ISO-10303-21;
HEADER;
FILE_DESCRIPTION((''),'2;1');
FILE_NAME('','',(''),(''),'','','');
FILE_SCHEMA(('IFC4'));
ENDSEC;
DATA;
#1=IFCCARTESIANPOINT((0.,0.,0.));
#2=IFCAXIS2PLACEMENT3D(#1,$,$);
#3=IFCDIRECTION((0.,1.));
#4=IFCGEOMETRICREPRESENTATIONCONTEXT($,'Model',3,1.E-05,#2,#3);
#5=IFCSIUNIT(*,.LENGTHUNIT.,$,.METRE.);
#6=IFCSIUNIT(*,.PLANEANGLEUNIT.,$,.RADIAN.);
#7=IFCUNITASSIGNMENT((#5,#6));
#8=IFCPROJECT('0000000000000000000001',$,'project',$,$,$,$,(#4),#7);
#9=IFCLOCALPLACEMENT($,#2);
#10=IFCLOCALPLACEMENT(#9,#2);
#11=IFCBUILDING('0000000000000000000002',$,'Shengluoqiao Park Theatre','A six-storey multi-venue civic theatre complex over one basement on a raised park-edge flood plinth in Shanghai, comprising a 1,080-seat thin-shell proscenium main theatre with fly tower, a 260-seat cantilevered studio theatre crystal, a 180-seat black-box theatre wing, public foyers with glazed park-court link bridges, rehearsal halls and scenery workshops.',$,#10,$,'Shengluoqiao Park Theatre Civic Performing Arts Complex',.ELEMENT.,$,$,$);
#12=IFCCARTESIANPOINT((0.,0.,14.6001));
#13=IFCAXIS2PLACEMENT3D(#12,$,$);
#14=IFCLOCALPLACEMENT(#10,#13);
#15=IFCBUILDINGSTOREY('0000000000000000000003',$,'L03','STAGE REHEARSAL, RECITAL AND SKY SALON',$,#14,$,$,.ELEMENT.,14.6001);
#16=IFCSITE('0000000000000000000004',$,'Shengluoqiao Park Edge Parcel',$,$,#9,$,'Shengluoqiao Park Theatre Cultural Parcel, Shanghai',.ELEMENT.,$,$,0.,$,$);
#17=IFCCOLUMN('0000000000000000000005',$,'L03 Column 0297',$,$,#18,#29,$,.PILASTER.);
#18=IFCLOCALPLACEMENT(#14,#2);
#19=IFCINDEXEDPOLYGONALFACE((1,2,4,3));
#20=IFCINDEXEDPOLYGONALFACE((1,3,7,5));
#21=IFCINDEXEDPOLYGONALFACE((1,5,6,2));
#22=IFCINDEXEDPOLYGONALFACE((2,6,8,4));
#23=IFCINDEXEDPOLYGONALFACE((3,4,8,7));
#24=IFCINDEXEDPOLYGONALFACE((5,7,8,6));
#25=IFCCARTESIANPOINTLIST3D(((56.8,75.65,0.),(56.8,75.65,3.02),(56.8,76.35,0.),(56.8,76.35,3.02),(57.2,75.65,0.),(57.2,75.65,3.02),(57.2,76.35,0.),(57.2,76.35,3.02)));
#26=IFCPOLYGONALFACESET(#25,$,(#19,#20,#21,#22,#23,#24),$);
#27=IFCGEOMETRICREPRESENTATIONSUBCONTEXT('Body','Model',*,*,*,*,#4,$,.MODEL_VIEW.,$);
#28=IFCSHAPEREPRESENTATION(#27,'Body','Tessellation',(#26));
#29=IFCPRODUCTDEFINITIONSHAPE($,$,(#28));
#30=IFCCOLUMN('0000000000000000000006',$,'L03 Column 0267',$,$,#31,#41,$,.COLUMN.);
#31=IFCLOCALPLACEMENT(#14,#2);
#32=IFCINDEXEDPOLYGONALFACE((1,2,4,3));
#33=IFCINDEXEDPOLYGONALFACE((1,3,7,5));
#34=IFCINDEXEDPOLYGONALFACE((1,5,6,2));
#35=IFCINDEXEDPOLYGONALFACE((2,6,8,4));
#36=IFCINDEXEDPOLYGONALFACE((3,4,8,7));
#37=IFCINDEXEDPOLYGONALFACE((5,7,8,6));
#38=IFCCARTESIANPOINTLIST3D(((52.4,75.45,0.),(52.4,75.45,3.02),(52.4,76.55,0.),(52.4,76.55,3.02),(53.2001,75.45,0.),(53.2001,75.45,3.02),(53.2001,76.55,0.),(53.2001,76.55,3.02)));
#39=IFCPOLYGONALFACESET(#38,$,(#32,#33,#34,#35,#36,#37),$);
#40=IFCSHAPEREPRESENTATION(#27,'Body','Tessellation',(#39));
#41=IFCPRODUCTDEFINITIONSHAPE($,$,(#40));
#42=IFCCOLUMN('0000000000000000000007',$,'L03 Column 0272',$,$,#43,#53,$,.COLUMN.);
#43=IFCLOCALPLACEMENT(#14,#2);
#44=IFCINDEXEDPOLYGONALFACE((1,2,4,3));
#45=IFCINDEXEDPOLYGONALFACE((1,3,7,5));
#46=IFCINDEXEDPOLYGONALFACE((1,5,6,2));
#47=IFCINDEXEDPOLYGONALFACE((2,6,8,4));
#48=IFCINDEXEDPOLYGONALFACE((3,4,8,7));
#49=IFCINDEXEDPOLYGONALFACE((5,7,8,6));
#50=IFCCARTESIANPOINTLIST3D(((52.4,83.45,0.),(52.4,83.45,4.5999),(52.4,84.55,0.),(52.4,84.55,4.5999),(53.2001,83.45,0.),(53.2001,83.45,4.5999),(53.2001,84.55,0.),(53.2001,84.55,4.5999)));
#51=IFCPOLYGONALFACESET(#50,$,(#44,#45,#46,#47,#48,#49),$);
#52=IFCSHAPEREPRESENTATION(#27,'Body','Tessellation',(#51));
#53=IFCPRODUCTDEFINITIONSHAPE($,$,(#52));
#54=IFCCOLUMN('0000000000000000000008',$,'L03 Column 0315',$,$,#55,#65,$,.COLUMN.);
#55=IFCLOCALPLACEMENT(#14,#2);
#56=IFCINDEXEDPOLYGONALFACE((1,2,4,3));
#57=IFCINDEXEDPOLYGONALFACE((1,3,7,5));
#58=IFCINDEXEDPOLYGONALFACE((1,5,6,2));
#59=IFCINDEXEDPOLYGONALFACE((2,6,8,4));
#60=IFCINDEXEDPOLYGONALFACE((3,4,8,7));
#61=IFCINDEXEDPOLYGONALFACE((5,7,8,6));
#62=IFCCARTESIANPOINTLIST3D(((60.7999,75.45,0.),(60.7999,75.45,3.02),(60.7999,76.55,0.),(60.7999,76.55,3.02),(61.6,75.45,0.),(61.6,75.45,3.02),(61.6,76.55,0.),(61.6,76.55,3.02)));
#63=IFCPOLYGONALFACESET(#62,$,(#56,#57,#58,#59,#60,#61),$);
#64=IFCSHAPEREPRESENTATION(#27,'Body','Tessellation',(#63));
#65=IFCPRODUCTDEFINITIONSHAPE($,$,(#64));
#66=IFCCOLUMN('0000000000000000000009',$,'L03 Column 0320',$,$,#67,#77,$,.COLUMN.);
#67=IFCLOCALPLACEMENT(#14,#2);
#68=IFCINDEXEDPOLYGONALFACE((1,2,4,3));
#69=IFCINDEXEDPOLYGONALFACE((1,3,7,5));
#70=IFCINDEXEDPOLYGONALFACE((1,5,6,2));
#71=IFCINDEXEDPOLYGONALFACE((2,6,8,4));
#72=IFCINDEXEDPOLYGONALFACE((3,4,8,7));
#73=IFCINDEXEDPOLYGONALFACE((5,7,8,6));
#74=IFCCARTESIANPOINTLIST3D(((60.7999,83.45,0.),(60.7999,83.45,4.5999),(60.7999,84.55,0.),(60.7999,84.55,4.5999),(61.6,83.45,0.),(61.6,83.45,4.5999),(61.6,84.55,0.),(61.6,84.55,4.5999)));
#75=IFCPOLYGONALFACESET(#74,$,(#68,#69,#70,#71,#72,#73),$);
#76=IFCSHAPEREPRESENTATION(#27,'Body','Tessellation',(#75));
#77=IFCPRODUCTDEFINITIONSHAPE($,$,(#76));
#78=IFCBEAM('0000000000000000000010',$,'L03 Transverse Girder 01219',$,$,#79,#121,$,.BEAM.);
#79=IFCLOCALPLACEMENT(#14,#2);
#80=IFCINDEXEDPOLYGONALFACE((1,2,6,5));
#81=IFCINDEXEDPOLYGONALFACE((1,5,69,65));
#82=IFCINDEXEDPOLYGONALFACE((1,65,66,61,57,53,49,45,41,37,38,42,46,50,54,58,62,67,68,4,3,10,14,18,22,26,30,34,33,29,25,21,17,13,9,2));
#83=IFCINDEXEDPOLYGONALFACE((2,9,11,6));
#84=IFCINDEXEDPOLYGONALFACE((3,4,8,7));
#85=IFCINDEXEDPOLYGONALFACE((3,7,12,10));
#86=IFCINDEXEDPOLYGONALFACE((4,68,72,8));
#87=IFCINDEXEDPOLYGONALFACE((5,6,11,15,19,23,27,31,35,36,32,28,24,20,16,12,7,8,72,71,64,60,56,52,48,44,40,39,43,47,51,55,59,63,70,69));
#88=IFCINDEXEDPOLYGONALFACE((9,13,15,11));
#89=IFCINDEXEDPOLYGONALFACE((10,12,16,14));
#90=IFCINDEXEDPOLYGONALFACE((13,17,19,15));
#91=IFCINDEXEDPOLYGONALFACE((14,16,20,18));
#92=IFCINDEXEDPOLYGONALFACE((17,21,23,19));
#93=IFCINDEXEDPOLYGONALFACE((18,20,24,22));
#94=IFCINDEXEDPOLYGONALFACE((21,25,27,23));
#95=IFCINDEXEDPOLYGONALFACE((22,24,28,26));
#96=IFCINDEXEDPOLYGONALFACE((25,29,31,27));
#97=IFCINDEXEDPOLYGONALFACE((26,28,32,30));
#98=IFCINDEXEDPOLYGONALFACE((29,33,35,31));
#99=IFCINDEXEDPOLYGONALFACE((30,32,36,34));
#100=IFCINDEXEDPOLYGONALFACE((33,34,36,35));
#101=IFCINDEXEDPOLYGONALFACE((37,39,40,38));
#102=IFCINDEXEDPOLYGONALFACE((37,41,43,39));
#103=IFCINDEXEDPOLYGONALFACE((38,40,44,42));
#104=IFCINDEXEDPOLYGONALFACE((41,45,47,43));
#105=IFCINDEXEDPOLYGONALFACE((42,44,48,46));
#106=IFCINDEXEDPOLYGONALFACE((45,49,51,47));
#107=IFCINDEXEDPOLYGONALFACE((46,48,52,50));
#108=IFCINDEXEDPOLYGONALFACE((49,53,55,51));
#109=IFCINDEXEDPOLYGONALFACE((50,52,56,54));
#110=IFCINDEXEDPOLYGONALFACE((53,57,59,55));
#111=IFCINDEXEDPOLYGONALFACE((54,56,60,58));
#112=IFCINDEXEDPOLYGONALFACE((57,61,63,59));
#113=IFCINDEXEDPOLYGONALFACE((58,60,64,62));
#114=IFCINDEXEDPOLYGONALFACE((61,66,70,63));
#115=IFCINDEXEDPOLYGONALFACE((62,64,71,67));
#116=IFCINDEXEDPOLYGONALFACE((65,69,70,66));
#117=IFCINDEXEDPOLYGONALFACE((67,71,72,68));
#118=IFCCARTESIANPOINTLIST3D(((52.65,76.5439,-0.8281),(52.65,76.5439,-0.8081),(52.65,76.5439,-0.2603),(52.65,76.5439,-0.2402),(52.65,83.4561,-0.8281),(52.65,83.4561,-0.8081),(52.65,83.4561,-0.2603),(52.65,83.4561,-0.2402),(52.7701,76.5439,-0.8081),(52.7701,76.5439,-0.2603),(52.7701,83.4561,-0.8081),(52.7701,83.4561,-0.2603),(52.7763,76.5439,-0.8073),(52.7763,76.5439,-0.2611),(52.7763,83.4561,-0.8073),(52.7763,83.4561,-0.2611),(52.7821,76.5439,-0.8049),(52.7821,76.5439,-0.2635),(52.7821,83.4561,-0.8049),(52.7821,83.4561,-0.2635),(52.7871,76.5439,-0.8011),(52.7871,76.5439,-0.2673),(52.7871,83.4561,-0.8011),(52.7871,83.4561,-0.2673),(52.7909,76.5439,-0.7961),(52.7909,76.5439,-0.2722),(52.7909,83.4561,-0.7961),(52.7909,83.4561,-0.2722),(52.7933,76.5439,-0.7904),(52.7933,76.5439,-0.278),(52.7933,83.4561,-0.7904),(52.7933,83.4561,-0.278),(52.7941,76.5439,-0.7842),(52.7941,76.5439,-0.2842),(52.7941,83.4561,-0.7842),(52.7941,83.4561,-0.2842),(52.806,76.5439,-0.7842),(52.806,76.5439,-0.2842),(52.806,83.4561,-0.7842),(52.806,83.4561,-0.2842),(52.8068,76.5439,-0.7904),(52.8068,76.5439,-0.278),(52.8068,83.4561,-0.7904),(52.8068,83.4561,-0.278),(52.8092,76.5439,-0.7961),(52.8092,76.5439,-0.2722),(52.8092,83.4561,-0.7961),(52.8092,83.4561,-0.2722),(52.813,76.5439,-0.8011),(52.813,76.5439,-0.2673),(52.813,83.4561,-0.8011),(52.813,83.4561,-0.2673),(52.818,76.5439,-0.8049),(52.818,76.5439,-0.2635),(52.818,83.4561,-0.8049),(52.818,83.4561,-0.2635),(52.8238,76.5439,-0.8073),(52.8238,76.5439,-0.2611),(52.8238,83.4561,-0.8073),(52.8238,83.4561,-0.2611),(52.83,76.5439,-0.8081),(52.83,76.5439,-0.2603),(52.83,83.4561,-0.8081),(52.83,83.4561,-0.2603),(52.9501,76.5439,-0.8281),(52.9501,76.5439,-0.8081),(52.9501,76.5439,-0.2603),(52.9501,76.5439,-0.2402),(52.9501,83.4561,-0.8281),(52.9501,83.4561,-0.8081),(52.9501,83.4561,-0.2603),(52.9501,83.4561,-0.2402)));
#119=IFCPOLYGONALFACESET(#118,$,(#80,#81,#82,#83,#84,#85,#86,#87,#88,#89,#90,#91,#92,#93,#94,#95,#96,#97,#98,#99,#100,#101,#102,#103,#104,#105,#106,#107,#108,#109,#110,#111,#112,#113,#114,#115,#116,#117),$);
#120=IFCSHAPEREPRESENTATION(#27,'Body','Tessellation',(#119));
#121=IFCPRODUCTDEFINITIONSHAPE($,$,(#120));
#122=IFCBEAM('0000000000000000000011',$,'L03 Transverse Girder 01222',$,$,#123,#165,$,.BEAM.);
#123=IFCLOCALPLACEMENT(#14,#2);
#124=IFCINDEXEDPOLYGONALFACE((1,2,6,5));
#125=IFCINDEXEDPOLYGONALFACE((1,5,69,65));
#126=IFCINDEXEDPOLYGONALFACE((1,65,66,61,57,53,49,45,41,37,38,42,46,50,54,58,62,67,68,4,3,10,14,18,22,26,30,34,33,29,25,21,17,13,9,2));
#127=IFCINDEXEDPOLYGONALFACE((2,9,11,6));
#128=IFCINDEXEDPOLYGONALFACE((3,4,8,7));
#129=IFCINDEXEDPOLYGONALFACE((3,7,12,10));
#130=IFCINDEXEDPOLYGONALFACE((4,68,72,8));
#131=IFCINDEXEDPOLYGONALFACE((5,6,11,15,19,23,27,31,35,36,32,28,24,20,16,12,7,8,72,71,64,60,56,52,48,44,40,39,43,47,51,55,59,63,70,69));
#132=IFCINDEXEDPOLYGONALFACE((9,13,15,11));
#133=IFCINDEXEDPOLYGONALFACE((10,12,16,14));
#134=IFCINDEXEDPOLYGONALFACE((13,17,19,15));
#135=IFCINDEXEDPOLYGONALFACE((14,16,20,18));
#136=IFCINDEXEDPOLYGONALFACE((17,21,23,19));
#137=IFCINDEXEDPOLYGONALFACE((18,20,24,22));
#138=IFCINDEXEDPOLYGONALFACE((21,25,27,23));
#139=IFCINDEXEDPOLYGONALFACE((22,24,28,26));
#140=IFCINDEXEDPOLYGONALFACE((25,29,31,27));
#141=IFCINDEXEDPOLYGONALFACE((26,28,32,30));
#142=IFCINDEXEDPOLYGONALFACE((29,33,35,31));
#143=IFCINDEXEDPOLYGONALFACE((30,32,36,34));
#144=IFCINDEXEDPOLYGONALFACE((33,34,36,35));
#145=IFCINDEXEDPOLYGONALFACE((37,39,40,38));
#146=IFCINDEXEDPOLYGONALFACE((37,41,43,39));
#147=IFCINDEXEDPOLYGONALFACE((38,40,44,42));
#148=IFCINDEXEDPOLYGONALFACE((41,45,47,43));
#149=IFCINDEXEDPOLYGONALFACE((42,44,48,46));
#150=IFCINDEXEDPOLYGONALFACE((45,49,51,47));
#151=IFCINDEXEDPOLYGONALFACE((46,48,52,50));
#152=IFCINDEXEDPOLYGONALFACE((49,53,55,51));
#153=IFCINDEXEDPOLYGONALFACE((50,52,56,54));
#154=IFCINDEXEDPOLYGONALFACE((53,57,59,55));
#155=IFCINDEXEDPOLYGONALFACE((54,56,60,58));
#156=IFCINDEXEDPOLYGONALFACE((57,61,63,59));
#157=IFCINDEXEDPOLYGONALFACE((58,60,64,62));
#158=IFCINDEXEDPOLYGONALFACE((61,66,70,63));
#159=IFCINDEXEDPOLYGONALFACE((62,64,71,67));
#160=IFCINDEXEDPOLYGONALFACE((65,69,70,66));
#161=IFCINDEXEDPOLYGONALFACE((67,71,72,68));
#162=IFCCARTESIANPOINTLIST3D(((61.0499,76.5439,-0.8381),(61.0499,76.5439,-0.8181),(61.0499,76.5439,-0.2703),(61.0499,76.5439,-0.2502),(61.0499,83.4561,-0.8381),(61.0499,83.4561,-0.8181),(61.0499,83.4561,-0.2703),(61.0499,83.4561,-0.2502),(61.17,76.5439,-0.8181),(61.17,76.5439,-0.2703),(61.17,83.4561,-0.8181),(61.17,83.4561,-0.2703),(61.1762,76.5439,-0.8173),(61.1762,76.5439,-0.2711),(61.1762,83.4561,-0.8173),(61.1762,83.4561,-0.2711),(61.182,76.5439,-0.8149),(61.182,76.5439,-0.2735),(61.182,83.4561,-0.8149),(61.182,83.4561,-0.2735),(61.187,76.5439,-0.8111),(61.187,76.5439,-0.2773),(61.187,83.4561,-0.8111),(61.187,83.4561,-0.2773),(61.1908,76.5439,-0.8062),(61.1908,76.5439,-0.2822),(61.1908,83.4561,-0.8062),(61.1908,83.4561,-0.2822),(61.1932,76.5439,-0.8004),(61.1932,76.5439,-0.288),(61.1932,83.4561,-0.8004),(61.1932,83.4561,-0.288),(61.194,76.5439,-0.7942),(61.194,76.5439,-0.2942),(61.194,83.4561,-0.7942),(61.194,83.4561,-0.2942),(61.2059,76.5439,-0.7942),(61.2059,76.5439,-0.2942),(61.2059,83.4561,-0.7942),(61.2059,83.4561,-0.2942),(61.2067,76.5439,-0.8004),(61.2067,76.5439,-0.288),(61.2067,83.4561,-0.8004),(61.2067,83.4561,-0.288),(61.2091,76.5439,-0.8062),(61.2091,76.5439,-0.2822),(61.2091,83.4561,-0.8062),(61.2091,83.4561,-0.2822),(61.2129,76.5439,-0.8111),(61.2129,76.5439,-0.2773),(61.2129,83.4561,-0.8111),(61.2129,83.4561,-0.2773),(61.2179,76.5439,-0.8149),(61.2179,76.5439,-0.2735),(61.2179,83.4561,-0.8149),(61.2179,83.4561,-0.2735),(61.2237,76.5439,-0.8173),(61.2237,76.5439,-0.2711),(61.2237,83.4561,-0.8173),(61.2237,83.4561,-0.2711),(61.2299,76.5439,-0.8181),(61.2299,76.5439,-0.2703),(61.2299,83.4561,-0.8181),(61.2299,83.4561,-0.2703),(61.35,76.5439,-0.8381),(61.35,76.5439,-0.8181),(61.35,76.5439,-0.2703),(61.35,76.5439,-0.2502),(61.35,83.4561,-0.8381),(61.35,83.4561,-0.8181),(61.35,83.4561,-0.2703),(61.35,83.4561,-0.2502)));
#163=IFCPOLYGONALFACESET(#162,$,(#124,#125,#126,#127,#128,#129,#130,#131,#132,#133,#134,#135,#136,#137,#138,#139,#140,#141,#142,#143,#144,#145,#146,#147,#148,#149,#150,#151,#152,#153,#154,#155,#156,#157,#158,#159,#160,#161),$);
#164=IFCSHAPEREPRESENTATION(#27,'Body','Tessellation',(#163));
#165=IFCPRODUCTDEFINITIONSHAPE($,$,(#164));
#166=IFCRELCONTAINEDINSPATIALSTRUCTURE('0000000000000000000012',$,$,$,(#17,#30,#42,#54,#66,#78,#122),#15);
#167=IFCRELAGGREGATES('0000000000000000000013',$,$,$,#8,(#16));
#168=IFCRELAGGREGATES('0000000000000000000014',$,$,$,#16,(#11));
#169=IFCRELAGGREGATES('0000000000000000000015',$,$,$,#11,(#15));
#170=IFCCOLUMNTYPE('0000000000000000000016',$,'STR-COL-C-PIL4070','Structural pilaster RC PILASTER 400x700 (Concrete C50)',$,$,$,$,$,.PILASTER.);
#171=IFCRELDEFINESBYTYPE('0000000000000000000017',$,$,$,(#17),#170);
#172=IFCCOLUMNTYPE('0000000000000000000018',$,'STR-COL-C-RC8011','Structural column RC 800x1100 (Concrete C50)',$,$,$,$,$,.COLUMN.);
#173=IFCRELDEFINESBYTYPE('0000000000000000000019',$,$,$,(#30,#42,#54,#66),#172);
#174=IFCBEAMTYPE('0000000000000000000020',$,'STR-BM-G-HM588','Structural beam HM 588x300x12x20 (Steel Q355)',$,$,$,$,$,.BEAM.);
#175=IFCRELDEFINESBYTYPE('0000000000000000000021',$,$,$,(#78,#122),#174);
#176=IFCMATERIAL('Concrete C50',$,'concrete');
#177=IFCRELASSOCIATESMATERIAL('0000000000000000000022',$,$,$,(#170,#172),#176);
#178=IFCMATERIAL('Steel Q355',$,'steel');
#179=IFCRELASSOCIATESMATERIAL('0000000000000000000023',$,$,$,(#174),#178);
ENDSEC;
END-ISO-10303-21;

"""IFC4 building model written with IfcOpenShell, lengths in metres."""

from ifc_helpers import new_model, si_unit, direction, frame, origin, origin_2d, place, context, subcontext, project, spatial, rectangle, i_section, extrude, material, material_profile, profile_set, type_object, element, save


model = new_model("IFC4")

# Units and contexts
model_context = context("Model", 3, precision=1e-05, world=origin(), true_north=direction((0.0, 1.0)))
body_context = subcontext(model_context, "Body", "Model", "MODEL_VIEW")
ifc_project = project(units=[si_unit("LENGTHUNIT", "METRE"), si_unit("PLANEANGLEUNIT", "RADIAN")], contexts=[model_context])

# Site, building, storey
site_placement = place(None, origin())
site = spatial("IfcSite", under=ifc_project, at=site_placement, Name="Shengluoqiao Park Edge Parcel", LongName="Shengluoqiao Park Theatre Cultural Parcel, Shanghai", CompositionType="ELEMENT", RefElevation=0.0)
building_placement = place(site_placement, origin())
building = spatial("IfcBuilding", under=site, at=building_placement, Name="Shengluoqiao Park Theatre", Description="A six-storey multi-venue civic theatre complex over one basement on a raised park-edge flood plinth in Shanghai, comprising a 1,080-seat thin-shell proscenium main theatre with fly tower, a 260-seat cantilevered studio theatre crystal, a 180-seat black-box theatre wing, public foyers with glazed park-court link bridges, rehearsal halls and scenery workshops.", LongName="Shengluoqiao Park Theatre Civic Performing Arts Complex", CompositionType="ELEMENT")
storey_placement = place(building_placement, frame((0.0, 0.0, 14.6001)))
storey = spatial("IfcBuildingStorey", under=building, at=storey_placement, Name="L03", Description="STAGE REHEARSAL, RECITAL AND SKY SALON", CompositionType="ELEMENT", Elevation=14.6001)

# Columns
ifc_material_1 = material(Name="Concrete C50", Category="concrete")
ifc_material_profile_1 = material_profile(ifc_material_1, rectangle(XDim=0.3999, YDim=0.7, at=origin_2d()), Name="RC PILASTER 400x700")
ifc_profile_set_1 = profile_set([ifc_material_profile_1], Name="Concrete C50")
column_type_1 = type_object("IfcColumnType", Name="STR-COL-C-PIL4070", Description="Structural pilaster RC PILASTER 400x700 (Concrete C50)", PredefinedType="PILASTER", material=ifc_profile_set_1)
column_1_placement = place(storey_placement, frame((57.0, 76.0, 0.0), z_axis=(0.0, 0.0, 1.0), x_axis=(1.0, 0.0, 0.0)))
element("IfcColumn", 1, at=column_1_placement, inside=storey, type_object=column_type_1, Name="L03 Column 0297", PredefinedType="PILASTER", context=body_context, shape_type="SweptSolid", body=[
    extrude(rectangle(XDim=0.3999, YDim=0.7, at=origin_2d()), origin(), (0.0, 0.0, 1.0), 3.02),
])
ifc_material_profile_2 = material_profile(ifc_material_1, rectangle(XDim=0.8, YDim=1.1001, at=origin_2d()), Name="RC 800x1100")
ifc_profile_set_2 = profile_set([ifc_material_profile_2], Name="Concrete C50")
column_type_2 = type_object("IfcColumnType", Name="STR-COL-C-RC8011", Description="Structural column RC 800x1100 (Concrete C50)", PredefinedType="COLUMN", material=ifc_profile_set_2)
column_2_placement = place(storey_placement, frame((52.8, 76.0, 0.0), z_axis=(0.0, 0.0, 1.0), x_axis=(1.0, 0.0, 0.0)))
element("IfcColumn", 2, at=column_2_placement, inside=storey, type_object=column_type_2, Name="L03 Column 0267", PredefinedType="COLUMN", context=body_context, shape_type="SweptSolid", body=[
    extrude(rectangle(XDim=0.8, YDim=1.1001, at=origin_2d()), origin(), (0.0, 0.0, 1.0), 3.02),
])
column_3_placement = place(storey_placement, frame((52.8, 84.0, 0.0), z_axis=(0.0, 0.0, 1.0), x_axis=(1.0, 0.0, 0.0)))
element("IfcColumn", 3, at=column_3_placement, inside=storey, type_object=column_type_2, Name="L03 Column 0272", PredefinedType="COLUMN", context=body_context, shape_type="SweptSolid", body=[
    extrude(rectangle(XDim=0.8, YDim=1.1001, at=origin_2d()), origin(), (0.0, 0.0, 1.0), 4.5999),
])
column_4_placement = place(storey_placement, frame((61.2, 76.0, 0.0), z_axis=(0.0, 0.0, 1.0), x_axis=(1.0, 0.0, 0.0)))
element("IfcColumn", 4, at=column_4_placement, inside=storey, type_object=column_type_2, Name="L03 Column 0315", PredefinedType="COLUMN", context=body_context, shape_type="SweptSolid", body=[
    extrude(rectangle(XDim=0.8, YDim=1.1001, at=origin_2d()), origin(), (0.0, 0.0, 1.0), 3.02),
])
column_5_placement = place(storey_placement, frame((61.2, 84.0, 0.0), z_axis=(0.0, 0.0, 1.0), x_axis=(1.0, 0.0, 0.0)))
element("IfcColumn", 5, at=column_5_placement, inside=storey, type_object=column_type_2, Name="L03 Column 0320", PredefinedType="COLUMN", context=body_context, shape_type="SweptSolid", body=[
    extrude(rectangle(XDim=0.8, YDim=1.1001, at=origin_2d()), origin(), (0.0, 0.0, 1.0), 4.5999),
])

# Beams
ifc_material_2 = material(Name="Steel Q355", Category="steel")
ifc_material_profile_3 = material_profile(ifc_material_2, i_section(OverallWidth=0.3, OverallDepth=0.5879, WebThickness=0.012, FlangeThickness=0.02, FilletRadius=0.0239, at=origin_2d()), Name="HM 588x300x12x20")
ifc_profile_set_3 = profile_set([ifc_material_profile_3], Name="Steel Q355")
beam_type_1 = type_object("IfcBeamType", Name="STR-BM-G-HM588", Description="Structural beam HM 588x300x12x20 (Steel Q355)", PredefinedType="BEAM", material=ifc_profile_set_3)
for number, where, z_axis, x_axis, name in (
    (6, (52.8, 76.5439, -0.5342), (0.0, 1.0, 0.0), (-1.0, 0.0, 0.0), "L03 Transverse Girder 01219"),
    (7, (61.2, 76.5439, -0.5442), (0.0, 1.0, 0.0), (-1.0, 0.0, 0.0), "L03 Transverse Girder 01222"),
):
    element("IfcBeam", number, at=place(storey_placement, frame(where, z_axis=z_axis, x_axis=x_axis)), inside=storey, type_object=beam_type_1, Name=name, PredefinedType="BEAM", context=body_context, shape_type="SweptSolid", body=[
        extrude(i_section(OverallWidth=0.3, OverallDepth=0.5879, WebThickness=0.012, FlangeThickness=0.02, FilletRadius=0.0239, at=origin_2d()), origin(), (0.0, 0.0, 1.0), 6.9121),
    ])

save(model, "model.ifc")
